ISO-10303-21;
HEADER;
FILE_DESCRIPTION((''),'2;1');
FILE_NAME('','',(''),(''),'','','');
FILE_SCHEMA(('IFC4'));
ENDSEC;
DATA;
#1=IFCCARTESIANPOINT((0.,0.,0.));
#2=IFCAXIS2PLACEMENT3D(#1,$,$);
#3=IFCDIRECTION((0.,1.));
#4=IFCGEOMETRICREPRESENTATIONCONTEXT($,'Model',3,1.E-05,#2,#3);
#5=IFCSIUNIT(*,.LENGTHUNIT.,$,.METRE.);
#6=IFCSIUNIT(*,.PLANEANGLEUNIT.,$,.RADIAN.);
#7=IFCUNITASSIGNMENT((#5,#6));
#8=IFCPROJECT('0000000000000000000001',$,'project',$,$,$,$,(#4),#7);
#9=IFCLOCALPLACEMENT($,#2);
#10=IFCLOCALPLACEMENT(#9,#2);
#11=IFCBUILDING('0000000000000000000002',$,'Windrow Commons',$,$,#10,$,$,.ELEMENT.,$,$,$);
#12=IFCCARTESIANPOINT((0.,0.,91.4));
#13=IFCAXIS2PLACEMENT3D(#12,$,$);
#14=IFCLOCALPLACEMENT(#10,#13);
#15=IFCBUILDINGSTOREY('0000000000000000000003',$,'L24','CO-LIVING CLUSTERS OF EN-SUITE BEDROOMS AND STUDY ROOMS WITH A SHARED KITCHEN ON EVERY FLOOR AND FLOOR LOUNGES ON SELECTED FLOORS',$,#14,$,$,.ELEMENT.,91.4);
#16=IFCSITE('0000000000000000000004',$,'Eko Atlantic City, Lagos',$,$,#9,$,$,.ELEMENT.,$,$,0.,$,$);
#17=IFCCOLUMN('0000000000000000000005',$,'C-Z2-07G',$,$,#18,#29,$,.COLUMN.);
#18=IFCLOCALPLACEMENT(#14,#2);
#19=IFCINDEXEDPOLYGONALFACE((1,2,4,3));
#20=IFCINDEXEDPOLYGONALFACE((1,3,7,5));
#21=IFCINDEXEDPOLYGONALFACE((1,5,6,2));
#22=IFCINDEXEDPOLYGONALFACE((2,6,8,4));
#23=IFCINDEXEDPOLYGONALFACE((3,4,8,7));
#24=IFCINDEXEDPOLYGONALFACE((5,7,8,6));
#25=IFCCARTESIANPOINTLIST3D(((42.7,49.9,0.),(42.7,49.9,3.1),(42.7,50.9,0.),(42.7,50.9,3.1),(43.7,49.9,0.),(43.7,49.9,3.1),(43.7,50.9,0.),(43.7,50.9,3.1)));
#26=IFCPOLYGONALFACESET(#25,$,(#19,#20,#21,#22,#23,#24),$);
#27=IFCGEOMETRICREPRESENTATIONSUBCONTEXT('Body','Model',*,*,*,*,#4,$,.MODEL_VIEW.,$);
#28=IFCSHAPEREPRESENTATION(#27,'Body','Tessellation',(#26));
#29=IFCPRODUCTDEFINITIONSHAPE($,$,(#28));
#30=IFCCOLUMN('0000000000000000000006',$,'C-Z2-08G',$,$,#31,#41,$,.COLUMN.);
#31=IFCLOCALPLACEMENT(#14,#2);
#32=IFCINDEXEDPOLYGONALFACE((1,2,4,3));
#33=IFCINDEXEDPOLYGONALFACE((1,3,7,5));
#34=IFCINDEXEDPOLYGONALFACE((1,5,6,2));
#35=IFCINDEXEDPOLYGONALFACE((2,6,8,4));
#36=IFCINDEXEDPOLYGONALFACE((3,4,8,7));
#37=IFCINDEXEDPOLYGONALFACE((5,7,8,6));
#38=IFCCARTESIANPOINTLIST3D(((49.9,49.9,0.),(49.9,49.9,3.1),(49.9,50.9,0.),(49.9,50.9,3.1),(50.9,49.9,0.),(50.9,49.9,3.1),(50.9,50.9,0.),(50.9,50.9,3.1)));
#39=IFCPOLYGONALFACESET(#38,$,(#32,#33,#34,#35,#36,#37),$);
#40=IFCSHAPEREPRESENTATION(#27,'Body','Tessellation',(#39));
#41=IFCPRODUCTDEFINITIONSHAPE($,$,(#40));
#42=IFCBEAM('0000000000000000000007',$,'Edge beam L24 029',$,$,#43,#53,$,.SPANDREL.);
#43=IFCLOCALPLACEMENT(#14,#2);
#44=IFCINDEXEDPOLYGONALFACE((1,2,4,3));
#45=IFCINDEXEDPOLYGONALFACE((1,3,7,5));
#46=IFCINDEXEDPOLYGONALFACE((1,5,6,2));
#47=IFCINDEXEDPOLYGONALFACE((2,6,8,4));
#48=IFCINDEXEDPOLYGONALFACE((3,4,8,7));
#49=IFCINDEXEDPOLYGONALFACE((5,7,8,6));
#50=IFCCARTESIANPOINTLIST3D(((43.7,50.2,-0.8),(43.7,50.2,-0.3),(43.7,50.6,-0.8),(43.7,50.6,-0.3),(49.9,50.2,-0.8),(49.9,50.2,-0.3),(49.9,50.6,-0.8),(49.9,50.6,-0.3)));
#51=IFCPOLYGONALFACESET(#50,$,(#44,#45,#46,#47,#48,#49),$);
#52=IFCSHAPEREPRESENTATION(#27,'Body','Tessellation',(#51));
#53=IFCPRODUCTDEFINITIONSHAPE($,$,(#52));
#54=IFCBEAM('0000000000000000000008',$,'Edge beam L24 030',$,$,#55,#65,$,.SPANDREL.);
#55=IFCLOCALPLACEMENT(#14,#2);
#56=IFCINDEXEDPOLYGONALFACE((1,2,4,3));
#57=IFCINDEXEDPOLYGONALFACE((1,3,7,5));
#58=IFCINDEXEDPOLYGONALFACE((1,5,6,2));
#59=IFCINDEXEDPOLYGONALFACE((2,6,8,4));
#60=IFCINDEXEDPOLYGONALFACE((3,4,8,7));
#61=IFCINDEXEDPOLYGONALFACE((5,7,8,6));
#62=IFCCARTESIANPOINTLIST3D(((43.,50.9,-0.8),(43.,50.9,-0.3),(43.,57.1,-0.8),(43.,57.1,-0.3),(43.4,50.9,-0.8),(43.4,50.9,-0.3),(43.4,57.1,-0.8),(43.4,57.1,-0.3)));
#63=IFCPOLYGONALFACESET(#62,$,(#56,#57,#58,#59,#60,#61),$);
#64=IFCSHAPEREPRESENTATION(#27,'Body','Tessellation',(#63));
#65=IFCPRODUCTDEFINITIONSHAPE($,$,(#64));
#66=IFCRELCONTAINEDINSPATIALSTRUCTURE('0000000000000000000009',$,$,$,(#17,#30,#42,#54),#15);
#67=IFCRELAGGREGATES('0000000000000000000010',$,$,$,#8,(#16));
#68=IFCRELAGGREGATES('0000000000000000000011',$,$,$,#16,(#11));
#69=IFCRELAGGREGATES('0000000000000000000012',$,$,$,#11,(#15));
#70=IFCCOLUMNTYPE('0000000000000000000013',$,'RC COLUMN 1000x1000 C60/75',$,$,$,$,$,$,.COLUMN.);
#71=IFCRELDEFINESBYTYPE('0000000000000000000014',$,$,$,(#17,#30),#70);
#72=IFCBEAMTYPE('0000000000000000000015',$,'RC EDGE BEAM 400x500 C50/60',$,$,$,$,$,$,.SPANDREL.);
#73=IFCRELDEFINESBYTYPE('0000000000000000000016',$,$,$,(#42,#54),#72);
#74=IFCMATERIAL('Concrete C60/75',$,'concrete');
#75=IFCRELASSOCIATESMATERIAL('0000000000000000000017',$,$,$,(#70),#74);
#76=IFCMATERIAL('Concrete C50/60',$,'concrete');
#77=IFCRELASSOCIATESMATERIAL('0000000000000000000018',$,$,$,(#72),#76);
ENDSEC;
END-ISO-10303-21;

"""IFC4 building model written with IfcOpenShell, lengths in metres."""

from ifc_helpers import new_model, si_unit, direction, frame, origin, origin_2d, place, context, subcontext, project, spatial, rectangle, extrude, material, material_profile, profile_set, type_object, element, save


model = new_model("IFC4")

# Units and contexts
model_context = context("Model", 3, precision=1e-05, world=origin(), true_north=direction((0.0, 1.0)))
body_context = subcontext(model_context, "Body", "Model", "MODEL_VIEW")
ifc_project = project(units=[si_unit("LENGTHUNIT", "METRE"), si_unit("PLANEANGLEUNIT", "RADIAN")], contexts=[model_context])

# Site, building, storey
site_placement = place(None, origin())
site = spatial("IfcSite", under=ifc_project, at=site_placement, Name="Eko Atlantic City, Lagos", CompositionType="ELEMENT", RefElevation=0.0)
building_placement = place(site_placement, origin())
building = spatial("IfcBuilding", under=site, at=building_placement, Name="Windrow Commons", CompositionType="ELEMENT")
storey_placement = place(building_placement, frame((0.0, 0.0, 91.4)))
storey = spatial("IfcBuildingStorey", under=building, at=storey_placement, Name="L24", Description="CO-LIVING CLUSTERS OF EN-SUITE BEDROOMS AND STUDY ROOMS WITH A SHARED KITCHEN ON EVERY FLOOR AND FLOOR LOUNGES ON SELECTED FLOORS", CompositionType="ELEMENT", Elevation=91.4)

# Columns
ifc_material_1 = material(Name="Concrete C60/75", Category="concrete")
ifc_material_profile_1 = material_profile(ifc_material_1, rectangle(XDim=1.0, YDim=1.0, at=origin_2d()))
ifc_profile_set_1 = profile_set([ifc_material_profile_1], Name="Concrete C60/75")
column_type = type_object("IfcColumnType", Name="RC COLUMN 1000x1000 C60/75", PredefinedType="COLUMN", material=ifc_profile_set_1)
for number, where, z_axis, x_axis, name in (
    (1, (43.2, 50.4, 0.0), (0.0, 0.0, 1.0), (1.0, 0.0, 0.0), "C-Z2-07G"),
    (2, (50.4, 50.4, 0.0), (0.0, 0.0, 1.0), (1.0, 0.0, 0.0), "C-Z2-08G"),
):
    element("IfcColumn", number, at=place(storey_placement, frame(where, z_axis=z_axis, x_axis=x_axis)), inside=storey, type_object=column_type, Name=name, PredefinedType="COLUMN", context=body_context, shape_type="SweptSolid", body=[
        extrude(rectangle(XDim=1.0, YDim=1.0, at=origin_2d()), origin(), (0.0, 0.0, 1.0), 3.1),
    ])

# Beams
ifc_material_2 = material(Name="Concrete C50/60", Category="concrete")
ifc_material_profile_2 = material_profile(ifc_material_2, rectangle(XDim=0.4, YDim=0.5, at=origin_2d()))
ifc_profile_set_2 = profile_set([ifc_material_profile_2], Name="Concrete C50/60")
beam_type = type_object("IfcBeamType", Name="RC EDGE BEAM 400x500 C50/60", PredefinedType="SPANDREL", material=ifc_profile_set_2)
for number, where, z_axis, x_axis, name in (
    (3, (49.9, 50.4, -0.55), (-1.0, 0.0, 0.0), (0.0, -1.0, 0.0), "Edge beam L24 029"),
    (4, (43.2, 50.9, -0.55), (0.0, 1.0, 0.0), (-1.0, 0.0, 0.0), "Edge beam L24 030"),
):
    element("IfcBeam", number, at=place(storey_placement, frame(where, z_axis=z_axis, x_axis=x_axis)), inside=storey, type_object=beam_type, Name=name, PredefinedType="SPANDREL", context=body_context, shape_type="SweptSolid", body=[
        extrude(rectangle(XDim=0.4, YDim=0.5, at=origin_2d()), origin(), (0.0, 0.0, 1.0), 6.2),
    ])

save(model, "model.ifc")
